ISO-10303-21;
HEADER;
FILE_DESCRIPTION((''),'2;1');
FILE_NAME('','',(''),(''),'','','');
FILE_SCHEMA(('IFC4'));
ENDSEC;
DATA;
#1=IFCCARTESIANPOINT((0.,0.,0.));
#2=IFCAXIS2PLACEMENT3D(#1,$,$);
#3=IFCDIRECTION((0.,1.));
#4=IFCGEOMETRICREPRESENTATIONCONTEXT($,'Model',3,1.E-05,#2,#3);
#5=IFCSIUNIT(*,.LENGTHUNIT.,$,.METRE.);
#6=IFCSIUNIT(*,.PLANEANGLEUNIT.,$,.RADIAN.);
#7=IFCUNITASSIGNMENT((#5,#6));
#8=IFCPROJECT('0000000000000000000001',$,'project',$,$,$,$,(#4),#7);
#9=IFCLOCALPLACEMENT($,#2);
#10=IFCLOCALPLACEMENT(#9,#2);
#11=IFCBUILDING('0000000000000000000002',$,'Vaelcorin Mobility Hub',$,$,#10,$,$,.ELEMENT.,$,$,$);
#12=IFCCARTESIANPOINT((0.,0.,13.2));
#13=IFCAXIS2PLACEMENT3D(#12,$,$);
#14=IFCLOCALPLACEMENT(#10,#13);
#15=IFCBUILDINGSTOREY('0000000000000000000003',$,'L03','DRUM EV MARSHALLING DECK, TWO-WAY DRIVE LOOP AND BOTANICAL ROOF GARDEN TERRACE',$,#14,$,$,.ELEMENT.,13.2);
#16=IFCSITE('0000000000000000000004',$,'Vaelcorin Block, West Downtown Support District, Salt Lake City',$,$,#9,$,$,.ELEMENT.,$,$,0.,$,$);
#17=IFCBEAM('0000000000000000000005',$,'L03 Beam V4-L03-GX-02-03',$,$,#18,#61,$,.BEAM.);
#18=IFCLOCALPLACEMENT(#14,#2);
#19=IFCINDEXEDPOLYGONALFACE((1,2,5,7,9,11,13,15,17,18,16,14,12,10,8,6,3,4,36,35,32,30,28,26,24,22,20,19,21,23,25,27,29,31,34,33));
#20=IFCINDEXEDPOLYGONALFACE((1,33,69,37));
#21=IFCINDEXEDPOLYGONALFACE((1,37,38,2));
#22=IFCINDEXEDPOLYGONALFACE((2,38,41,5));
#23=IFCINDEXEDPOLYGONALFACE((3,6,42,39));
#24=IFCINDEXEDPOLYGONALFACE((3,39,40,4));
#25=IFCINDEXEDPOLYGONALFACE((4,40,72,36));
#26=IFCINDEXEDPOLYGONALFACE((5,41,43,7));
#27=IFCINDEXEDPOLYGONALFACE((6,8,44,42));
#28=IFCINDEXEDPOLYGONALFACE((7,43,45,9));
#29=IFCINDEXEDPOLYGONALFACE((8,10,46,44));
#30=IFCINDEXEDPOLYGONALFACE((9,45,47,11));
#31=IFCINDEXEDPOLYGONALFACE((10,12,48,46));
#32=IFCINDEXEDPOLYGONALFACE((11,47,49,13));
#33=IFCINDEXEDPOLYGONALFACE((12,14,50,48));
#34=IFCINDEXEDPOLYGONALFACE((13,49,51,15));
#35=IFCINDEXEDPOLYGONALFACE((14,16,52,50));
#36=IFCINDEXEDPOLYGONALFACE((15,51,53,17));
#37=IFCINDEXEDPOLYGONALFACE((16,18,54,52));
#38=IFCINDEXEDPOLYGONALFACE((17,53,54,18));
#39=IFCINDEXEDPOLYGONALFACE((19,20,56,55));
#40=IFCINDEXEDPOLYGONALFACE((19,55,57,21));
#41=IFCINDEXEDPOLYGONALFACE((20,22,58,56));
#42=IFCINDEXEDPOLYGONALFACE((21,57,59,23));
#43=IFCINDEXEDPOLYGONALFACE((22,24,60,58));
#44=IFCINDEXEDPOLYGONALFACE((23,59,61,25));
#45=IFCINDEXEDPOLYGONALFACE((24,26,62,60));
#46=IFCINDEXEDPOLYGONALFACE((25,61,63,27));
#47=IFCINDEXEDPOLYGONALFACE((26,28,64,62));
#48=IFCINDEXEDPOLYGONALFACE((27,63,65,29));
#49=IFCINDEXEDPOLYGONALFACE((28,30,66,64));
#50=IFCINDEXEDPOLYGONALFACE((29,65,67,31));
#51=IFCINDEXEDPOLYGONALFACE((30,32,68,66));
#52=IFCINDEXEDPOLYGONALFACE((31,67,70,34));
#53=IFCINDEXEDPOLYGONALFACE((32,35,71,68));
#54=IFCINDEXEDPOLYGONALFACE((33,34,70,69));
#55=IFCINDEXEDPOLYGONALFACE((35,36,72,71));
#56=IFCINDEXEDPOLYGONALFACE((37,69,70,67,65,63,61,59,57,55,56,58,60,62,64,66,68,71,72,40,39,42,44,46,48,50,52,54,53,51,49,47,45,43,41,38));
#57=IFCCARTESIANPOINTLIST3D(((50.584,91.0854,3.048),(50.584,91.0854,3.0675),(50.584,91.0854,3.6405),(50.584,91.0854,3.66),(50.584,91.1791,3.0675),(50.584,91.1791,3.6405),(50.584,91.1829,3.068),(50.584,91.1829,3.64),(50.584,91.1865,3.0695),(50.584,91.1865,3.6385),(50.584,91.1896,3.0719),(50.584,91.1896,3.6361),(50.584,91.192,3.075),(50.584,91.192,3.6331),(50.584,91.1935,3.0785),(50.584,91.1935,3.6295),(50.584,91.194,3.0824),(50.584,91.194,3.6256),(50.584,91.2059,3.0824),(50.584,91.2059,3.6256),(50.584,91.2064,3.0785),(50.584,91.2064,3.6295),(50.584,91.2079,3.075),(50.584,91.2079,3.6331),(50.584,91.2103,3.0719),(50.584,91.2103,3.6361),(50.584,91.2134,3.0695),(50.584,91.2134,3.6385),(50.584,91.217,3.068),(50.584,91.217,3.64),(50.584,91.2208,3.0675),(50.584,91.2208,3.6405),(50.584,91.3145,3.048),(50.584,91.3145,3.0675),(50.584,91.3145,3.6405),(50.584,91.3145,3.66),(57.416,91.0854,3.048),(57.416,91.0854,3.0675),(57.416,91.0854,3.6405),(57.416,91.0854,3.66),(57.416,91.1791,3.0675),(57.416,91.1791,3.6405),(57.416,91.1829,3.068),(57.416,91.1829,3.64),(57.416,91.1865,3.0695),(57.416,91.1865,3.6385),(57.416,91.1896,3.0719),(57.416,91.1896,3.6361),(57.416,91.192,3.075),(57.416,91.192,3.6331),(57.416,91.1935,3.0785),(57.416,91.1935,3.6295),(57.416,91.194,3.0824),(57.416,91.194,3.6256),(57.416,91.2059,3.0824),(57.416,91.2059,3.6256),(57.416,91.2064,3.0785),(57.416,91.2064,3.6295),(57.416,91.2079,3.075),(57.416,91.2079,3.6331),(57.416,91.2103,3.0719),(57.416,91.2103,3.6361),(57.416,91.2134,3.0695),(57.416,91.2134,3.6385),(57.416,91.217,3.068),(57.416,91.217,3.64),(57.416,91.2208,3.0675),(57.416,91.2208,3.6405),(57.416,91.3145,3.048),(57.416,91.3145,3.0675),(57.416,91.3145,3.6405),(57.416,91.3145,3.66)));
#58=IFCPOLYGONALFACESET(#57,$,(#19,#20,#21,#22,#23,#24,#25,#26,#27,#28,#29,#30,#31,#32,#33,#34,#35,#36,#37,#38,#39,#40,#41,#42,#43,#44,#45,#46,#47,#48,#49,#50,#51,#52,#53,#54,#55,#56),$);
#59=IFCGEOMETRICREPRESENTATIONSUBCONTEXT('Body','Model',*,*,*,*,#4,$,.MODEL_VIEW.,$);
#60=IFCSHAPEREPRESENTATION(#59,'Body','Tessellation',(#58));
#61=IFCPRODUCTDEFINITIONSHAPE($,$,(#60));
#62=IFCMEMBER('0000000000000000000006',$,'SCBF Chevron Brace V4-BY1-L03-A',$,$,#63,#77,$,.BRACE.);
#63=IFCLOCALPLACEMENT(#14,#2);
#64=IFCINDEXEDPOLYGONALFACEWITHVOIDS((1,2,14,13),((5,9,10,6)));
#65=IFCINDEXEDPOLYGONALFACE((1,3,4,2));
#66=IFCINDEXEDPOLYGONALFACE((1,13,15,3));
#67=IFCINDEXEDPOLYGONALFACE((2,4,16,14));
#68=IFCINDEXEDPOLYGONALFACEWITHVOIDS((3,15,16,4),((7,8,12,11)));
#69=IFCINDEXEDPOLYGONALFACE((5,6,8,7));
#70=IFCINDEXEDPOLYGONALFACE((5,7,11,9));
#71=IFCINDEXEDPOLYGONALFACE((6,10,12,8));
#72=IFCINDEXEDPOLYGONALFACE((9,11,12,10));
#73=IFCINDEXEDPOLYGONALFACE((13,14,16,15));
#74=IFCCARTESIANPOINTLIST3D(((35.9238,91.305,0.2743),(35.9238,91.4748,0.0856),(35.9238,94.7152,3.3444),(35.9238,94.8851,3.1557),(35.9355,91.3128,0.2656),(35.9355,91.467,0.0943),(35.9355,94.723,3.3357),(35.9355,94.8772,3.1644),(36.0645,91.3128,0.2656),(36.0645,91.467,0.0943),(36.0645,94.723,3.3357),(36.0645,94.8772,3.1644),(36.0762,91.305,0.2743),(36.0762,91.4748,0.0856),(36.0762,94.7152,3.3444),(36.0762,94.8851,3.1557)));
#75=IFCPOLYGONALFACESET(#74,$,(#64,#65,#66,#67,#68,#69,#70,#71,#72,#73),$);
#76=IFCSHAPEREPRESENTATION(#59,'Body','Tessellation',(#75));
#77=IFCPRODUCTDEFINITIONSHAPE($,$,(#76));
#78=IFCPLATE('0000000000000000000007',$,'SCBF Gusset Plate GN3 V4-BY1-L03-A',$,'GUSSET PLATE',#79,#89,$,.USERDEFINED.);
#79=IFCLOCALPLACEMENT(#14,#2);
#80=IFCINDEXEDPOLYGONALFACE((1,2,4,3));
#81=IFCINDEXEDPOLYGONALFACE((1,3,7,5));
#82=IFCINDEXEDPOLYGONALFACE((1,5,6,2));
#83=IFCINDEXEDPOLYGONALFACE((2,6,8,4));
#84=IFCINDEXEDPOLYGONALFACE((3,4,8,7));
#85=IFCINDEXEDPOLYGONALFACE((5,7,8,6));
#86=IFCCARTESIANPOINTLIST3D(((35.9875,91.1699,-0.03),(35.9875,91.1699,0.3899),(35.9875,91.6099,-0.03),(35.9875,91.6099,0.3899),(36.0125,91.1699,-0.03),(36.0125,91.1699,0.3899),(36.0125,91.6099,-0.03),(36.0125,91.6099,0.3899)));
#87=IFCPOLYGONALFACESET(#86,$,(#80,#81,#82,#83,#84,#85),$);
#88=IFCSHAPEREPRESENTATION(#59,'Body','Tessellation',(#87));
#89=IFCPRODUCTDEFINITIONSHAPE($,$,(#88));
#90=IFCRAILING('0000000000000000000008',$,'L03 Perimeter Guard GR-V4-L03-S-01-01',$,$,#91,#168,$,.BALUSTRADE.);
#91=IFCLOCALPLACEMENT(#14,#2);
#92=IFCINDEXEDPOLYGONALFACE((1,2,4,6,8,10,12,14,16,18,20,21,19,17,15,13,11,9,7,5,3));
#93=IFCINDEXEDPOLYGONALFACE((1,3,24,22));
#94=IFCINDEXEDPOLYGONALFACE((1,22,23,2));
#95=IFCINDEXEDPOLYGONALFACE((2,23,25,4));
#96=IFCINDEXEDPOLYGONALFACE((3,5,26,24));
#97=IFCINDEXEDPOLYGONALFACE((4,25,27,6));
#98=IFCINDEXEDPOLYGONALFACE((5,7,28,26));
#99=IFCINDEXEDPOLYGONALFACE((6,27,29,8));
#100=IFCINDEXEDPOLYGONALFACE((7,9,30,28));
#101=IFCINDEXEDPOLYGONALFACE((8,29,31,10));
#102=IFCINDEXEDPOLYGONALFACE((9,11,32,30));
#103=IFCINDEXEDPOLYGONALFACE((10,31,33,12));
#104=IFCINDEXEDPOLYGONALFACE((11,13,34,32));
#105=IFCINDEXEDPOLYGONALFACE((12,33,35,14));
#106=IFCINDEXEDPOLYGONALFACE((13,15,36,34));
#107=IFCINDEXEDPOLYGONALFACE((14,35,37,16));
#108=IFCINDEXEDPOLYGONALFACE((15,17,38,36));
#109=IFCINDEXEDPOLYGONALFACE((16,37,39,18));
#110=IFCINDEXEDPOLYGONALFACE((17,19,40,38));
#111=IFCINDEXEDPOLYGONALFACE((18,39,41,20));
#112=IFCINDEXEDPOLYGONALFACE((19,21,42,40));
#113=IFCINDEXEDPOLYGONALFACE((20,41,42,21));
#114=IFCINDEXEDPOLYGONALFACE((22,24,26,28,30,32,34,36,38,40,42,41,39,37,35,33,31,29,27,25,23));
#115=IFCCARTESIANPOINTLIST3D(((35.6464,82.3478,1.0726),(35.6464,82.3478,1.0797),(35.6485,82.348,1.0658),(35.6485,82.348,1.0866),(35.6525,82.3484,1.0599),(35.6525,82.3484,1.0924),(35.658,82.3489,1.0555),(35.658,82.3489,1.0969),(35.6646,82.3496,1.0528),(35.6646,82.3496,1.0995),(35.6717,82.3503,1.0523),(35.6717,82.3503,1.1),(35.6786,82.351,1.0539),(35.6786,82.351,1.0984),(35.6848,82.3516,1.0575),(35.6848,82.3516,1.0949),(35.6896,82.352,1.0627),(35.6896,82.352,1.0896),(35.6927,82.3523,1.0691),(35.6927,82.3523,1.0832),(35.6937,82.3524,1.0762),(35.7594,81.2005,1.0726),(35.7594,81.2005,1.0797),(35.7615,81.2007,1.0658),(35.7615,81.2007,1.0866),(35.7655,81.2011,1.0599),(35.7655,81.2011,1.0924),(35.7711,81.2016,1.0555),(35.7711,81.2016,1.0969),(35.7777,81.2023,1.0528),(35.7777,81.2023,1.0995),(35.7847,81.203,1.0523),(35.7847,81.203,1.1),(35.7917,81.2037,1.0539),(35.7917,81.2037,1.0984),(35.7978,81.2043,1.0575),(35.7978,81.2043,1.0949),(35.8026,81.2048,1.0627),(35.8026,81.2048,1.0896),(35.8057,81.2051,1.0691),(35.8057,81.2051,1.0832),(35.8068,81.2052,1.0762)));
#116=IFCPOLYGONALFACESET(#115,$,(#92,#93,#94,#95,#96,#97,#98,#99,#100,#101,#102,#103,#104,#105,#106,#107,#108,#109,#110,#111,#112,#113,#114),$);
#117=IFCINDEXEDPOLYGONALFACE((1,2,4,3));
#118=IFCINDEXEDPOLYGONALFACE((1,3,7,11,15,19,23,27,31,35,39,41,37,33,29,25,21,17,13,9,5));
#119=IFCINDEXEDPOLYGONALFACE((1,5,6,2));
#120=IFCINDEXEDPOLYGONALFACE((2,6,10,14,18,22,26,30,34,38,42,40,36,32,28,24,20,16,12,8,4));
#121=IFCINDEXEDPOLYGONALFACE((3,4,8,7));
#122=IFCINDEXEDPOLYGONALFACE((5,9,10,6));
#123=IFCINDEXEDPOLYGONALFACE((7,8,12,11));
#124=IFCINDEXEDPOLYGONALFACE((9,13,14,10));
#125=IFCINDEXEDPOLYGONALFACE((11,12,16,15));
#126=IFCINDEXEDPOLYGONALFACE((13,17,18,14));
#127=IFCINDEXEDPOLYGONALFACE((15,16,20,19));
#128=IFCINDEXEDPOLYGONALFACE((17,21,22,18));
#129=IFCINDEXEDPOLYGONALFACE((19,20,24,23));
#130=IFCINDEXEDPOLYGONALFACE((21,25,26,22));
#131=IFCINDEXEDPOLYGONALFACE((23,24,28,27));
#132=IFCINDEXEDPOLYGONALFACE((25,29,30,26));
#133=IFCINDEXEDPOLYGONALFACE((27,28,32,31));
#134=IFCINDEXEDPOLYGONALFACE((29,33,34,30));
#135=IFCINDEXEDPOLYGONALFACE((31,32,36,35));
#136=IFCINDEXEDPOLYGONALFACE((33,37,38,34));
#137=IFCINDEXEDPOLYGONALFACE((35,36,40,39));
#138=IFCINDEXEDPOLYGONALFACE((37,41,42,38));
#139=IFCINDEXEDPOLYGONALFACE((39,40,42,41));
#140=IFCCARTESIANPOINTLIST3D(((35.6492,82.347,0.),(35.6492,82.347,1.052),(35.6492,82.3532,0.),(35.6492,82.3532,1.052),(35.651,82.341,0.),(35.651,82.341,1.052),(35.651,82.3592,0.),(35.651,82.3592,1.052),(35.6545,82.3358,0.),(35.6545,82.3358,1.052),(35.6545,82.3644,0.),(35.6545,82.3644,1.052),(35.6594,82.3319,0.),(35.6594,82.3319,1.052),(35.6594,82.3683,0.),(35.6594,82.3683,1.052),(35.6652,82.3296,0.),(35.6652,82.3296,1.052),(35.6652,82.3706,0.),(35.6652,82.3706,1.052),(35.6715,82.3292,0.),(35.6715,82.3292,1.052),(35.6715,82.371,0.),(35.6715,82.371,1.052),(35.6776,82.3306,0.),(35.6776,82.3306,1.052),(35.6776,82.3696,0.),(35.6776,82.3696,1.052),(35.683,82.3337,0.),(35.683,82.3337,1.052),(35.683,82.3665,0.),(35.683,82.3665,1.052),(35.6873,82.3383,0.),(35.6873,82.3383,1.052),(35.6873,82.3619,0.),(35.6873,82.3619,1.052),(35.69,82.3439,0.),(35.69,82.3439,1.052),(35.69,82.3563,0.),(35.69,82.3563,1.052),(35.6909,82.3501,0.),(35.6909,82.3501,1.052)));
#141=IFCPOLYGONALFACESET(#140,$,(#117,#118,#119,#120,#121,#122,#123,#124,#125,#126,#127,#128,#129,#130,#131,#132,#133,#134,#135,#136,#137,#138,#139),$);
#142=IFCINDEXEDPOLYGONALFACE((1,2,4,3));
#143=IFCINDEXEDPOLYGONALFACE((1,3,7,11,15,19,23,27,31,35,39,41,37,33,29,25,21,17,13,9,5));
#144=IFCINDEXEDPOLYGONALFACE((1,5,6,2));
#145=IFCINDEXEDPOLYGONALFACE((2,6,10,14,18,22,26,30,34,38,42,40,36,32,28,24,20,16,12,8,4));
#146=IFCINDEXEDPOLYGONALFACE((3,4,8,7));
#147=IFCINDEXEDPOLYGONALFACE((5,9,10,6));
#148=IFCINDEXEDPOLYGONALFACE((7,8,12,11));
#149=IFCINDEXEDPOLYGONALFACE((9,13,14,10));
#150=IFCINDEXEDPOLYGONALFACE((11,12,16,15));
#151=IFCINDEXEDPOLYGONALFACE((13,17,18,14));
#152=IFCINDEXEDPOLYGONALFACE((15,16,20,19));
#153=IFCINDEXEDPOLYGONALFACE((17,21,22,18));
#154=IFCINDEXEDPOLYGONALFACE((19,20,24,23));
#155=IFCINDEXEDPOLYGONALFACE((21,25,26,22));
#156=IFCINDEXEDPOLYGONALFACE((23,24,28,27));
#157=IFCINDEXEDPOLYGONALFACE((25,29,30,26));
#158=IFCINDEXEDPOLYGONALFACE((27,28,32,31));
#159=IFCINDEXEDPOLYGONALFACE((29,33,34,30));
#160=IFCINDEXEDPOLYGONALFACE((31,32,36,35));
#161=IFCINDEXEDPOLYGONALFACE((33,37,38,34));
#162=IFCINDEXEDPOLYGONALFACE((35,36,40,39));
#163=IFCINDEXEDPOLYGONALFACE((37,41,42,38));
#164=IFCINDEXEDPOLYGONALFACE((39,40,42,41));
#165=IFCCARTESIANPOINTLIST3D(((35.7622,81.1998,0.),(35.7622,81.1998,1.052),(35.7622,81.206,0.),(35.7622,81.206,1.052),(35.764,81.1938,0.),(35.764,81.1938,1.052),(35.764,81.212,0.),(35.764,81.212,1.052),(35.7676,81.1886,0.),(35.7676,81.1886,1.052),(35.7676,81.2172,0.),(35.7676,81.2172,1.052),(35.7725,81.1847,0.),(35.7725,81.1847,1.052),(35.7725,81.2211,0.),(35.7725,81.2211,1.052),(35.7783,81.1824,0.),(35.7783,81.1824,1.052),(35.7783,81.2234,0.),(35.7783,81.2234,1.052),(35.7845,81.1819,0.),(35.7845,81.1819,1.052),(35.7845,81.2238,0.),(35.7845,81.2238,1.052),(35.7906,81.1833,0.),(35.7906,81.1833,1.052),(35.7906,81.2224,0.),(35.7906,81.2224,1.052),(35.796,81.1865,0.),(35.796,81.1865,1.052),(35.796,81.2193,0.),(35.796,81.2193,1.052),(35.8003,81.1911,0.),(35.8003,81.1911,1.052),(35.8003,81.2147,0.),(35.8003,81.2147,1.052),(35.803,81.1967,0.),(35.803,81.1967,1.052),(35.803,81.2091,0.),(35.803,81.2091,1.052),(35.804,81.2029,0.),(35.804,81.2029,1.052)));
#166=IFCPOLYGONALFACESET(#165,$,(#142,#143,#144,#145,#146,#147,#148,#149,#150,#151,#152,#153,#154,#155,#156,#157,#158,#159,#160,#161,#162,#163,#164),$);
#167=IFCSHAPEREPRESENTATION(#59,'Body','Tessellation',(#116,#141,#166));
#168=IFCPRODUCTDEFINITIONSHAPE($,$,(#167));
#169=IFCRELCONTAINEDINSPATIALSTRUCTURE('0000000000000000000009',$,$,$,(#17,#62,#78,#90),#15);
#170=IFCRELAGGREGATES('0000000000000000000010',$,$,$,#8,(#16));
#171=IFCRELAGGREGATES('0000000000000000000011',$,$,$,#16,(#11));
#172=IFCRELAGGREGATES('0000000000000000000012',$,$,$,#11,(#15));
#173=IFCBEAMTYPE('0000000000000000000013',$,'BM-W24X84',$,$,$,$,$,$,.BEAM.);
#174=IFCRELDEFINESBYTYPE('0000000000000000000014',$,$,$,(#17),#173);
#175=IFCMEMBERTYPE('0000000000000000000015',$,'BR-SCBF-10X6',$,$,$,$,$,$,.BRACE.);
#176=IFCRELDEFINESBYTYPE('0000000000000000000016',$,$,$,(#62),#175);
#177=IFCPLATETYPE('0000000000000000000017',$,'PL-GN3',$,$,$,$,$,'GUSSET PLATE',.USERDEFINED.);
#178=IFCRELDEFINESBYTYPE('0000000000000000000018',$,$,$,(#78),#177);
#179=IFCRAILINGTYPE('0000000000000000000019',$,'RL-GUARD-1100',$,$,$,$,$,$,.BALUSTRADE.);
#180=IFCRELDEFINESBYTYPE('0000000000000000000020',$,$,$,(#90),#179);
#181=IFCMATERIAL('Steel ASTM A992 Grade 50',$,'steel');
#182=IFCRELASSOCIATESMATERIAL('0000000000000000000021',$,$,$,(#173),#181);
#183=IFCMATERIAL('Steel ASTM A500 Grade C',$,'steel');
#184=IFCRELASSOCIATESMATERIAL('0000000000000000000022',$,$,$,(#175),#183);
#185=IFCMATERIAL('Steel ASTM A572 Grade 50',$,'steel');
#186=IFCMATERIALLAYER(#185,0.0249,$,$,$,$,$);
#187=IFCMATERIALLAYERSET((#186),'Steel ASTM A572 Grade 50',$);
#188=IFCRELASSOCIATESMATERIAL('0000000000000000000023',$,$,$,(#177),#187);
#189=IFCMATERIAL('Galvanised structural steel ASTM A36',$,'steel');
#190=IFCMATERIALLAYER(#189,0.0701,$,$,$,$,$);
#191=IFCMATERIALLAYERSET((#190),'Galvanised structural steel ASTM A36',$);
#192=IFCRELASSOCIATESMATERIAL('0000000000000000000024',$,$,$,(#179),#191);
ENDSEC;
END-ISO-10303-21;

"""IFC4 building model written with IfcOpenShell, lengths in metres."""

from ifc_helpers import new_model, si_unit, direction, frame, origin, origin_2d, place, context, subcontext, project, spatial, rectangle, hollow_rectangle, circle, i_section, extrude, material, layer, layer_set, material_profile, profile_set, type_object, element, save


model = new_model("IFC4")

# Units and contexts
model_context = context("Model", 3, precision=1e-05, world=origin(), true_north=direction((0.0, 1.0)))
body_context = subcontext(model_context, "Body", "Model", "MODEL_VIEW")
ifc_project = project(units=[si_unit("LENGTHUNIT", "METRE"), si_unit("PLANEANGLEUNIT", "RADIAN")], contexts=[model_context])

# Site, building, storey
site_placement = place(None, origin())
site = spatial("IfcSite", under=ifc_project, at=site_placement, Name="Vaelcorin Block, West Downtown Support District, Salt Lake City", CompositionType="ELEMENT", RefElevation=0.0)
building_placement = place(site_placement, origin())
building = spatial("IfcBuilding", under=site, at=building_placement, Name="Vaelcorin Mobility Hub", CompositionType="ELEMENT")
storey_placement = place(building_placement, frame((0.0, 0.0, 13.2)))
storey = spatial("IfcBuildingStorey", under=building, at=storey_placement, Name="L03", Description="DRUM EV MARSHALLING DECK, TWO-WAY DRIVE LOOP AND BOTANICAL ROOF GARDEN TERRACE", CompositionType="ELEMENT", Elevation=13.2)

# Shared definitions
ifc_material_1 = material(Name="Steel ASTM A992 Grade 50", Category="steel")

# Beam
ifc_material_profile_1 = material_profile(ifc_material_1, i_section(OverallWidth=0.229, OverallDepth=0.6121, WebThickness=0.012, FlangeThickness=0.0195, FilletRadius=0.0149, at=origin_2d()), Name="W24X84")
ifc_profile_set_1 = profile_set([ifc_material_profile_1], Name="Steel ASTM A992 Grade 50")
beam_type_1 = type_object("IfcBeamType", Name="BM-W24X84", PredefinedType="BEAM", material=ifc_profile_set_1)
for number, where, z_axis, x_axis, name in (
    (1, (50.584, 91.2, 3.354), (1.0, 0.0, 0.0), (0.0, 1.0, 0.0), "L03 Beam V4-L03-GX-02-03"),
):
    element("IfcBeam", number, at=place(storey_placement, frame(where, z_axis=z_axis, x_axis=x_axis)), inside=storey, type_object=beam_type_1, Name=name, PredefinedType="BEAM", context=body_context, shape_type="SweptSolid", body=[
        extrude(i_section(OverallWidth=0.229, OverallDepth=0.6121, WebThickness=0.012, FlangeThickness=0.0195, FilletRadius=0.0149, at=origin_2d()), origin(), (0.0, 0.0, 1.0), 6.832),
    ])

# Member
ifc_material_2 = material(Name="Steel ASTM A500 Grade C", Category="steel")
ifc_material_profile_2 = material_profile(ifc_material_2, hollow_rectangle(XDim=0.1523, YDim=0.2539, WallThickness=0.0117, at=origin_2d()), Name="HSS10X6X0.500")
ifc_profile_set_2 = profile_set([ifc_material_profile_2], Name="Steel ASTM A500 Grade C")
member_type = type_object("IfcMemberType", Name="BR-SCBF-10X6", PredefinedType="BRACE", material=ifc_profile_set_2)
member_placement = place(storey_placement, frame((36.0, 91.3899, 0.1799), z_axis=(0.0, 0.743194, 0.669076), x_axis=(-1.0, 0.0, 0.0)))
element("IfcMember", 2, at=member_placement, inside=storey, type_object=member_type, Name="SCBF Chevron Brace V4-BY1-L03-A", PredefinedType="BRACE", context=body_context, shape_type="SweptSolid", body=[
    extrude(hollow_rectangle(XDim=0.1523, YDim=0.2539, WallThickness=0.0117, at=origin_2d()), origin(), (0.0, 0.0, 1.0), 4.5886),
])

# Plate
ifc_material_3 = material(Name="Steel ASTM A572 Grade 50", Category="steel")
ifc_layer_1 = layer(ifc_material_3, 0.0249)
ifc_layer_set_1 = layer_set([ifc_layer_1], Name="Steel ASTM A572 Grade 50")
plate_type = type_object("IfcPlateType", Name="PL-GN3", ElementType="GUSSET PLATE", PredefinedType="USERDEFINED", material=ifc_layer_set_1)
plate_placement = place(storey_placement, frame((36.0, 91.3899, -0.03), z_axis=(0.0, 0.0, 1.0), x_axis=(0.0, 1.0, 0.0)))
element("IfcPlate", 3, at=plate_placement, inside=storey, type_object=plate_type, Name="SCBF Gusset Plate GN3 V4-BY1-L03-A", ObjectType="GUSSET PLATE", PredefinedType="USERDEFINED", context=body_context, shape_type="SweptSolid", body=[
    extrude(rectangle(XDim=0.4399, YDim=0.0249, at=origin_2d()), origin(), (0.0, 0.0, 1.0), 0.4199),
])

# Railing
ifc_material_4 = material(Name="Galvanised structural steel ASTM A36", Category="steel")
ifc_layer_2 = layer(ifc_material_4, 0.0701)
ifc_layer_set_2 = layer_set([ifc_layer_2], Name="Galvanised structural steel ASTM A36")
railing_type = type_object("IfcRailingType", Name="RL-GUARD-1100", PredefinedType="BALUSTRADE", material=ifc_layer_set_2)
railing_1_placement = place(storey_placement, frame((35.6699, 82.3501, 0.0)))
element("IfcRailing", 4, at=railing_1_placement, inside=storey, type_object=railing_type, Name="L03 Perimeter Guard GR-V4-L03-S-01-01", PredefinedType="BALUSTRADE", context=body_context, shape_type="SweptSolid", body=[
    extrude(circle(Radius=0.0239, at=origin_2d()), frame((0.0, 0.0, 1.0762), z_axis=(0.098057, -0.995181, 0.0), x_axis=(0.995181, 0.098057, 0.0)), (0.0, 0.0, 1.0), 1.1528),
    extrude(circle(Radius=0.021, at=origin_2d()), origin(), (0.0, 0.0, 1.0), 1.052),
    extrude(circle(Radius=0.021, at=origin_2d()), frame((0.113, -1.1472, 0.0)), (0.0, 0.0, 1.0), 1.052),
])

save(model, "model.ifc")
